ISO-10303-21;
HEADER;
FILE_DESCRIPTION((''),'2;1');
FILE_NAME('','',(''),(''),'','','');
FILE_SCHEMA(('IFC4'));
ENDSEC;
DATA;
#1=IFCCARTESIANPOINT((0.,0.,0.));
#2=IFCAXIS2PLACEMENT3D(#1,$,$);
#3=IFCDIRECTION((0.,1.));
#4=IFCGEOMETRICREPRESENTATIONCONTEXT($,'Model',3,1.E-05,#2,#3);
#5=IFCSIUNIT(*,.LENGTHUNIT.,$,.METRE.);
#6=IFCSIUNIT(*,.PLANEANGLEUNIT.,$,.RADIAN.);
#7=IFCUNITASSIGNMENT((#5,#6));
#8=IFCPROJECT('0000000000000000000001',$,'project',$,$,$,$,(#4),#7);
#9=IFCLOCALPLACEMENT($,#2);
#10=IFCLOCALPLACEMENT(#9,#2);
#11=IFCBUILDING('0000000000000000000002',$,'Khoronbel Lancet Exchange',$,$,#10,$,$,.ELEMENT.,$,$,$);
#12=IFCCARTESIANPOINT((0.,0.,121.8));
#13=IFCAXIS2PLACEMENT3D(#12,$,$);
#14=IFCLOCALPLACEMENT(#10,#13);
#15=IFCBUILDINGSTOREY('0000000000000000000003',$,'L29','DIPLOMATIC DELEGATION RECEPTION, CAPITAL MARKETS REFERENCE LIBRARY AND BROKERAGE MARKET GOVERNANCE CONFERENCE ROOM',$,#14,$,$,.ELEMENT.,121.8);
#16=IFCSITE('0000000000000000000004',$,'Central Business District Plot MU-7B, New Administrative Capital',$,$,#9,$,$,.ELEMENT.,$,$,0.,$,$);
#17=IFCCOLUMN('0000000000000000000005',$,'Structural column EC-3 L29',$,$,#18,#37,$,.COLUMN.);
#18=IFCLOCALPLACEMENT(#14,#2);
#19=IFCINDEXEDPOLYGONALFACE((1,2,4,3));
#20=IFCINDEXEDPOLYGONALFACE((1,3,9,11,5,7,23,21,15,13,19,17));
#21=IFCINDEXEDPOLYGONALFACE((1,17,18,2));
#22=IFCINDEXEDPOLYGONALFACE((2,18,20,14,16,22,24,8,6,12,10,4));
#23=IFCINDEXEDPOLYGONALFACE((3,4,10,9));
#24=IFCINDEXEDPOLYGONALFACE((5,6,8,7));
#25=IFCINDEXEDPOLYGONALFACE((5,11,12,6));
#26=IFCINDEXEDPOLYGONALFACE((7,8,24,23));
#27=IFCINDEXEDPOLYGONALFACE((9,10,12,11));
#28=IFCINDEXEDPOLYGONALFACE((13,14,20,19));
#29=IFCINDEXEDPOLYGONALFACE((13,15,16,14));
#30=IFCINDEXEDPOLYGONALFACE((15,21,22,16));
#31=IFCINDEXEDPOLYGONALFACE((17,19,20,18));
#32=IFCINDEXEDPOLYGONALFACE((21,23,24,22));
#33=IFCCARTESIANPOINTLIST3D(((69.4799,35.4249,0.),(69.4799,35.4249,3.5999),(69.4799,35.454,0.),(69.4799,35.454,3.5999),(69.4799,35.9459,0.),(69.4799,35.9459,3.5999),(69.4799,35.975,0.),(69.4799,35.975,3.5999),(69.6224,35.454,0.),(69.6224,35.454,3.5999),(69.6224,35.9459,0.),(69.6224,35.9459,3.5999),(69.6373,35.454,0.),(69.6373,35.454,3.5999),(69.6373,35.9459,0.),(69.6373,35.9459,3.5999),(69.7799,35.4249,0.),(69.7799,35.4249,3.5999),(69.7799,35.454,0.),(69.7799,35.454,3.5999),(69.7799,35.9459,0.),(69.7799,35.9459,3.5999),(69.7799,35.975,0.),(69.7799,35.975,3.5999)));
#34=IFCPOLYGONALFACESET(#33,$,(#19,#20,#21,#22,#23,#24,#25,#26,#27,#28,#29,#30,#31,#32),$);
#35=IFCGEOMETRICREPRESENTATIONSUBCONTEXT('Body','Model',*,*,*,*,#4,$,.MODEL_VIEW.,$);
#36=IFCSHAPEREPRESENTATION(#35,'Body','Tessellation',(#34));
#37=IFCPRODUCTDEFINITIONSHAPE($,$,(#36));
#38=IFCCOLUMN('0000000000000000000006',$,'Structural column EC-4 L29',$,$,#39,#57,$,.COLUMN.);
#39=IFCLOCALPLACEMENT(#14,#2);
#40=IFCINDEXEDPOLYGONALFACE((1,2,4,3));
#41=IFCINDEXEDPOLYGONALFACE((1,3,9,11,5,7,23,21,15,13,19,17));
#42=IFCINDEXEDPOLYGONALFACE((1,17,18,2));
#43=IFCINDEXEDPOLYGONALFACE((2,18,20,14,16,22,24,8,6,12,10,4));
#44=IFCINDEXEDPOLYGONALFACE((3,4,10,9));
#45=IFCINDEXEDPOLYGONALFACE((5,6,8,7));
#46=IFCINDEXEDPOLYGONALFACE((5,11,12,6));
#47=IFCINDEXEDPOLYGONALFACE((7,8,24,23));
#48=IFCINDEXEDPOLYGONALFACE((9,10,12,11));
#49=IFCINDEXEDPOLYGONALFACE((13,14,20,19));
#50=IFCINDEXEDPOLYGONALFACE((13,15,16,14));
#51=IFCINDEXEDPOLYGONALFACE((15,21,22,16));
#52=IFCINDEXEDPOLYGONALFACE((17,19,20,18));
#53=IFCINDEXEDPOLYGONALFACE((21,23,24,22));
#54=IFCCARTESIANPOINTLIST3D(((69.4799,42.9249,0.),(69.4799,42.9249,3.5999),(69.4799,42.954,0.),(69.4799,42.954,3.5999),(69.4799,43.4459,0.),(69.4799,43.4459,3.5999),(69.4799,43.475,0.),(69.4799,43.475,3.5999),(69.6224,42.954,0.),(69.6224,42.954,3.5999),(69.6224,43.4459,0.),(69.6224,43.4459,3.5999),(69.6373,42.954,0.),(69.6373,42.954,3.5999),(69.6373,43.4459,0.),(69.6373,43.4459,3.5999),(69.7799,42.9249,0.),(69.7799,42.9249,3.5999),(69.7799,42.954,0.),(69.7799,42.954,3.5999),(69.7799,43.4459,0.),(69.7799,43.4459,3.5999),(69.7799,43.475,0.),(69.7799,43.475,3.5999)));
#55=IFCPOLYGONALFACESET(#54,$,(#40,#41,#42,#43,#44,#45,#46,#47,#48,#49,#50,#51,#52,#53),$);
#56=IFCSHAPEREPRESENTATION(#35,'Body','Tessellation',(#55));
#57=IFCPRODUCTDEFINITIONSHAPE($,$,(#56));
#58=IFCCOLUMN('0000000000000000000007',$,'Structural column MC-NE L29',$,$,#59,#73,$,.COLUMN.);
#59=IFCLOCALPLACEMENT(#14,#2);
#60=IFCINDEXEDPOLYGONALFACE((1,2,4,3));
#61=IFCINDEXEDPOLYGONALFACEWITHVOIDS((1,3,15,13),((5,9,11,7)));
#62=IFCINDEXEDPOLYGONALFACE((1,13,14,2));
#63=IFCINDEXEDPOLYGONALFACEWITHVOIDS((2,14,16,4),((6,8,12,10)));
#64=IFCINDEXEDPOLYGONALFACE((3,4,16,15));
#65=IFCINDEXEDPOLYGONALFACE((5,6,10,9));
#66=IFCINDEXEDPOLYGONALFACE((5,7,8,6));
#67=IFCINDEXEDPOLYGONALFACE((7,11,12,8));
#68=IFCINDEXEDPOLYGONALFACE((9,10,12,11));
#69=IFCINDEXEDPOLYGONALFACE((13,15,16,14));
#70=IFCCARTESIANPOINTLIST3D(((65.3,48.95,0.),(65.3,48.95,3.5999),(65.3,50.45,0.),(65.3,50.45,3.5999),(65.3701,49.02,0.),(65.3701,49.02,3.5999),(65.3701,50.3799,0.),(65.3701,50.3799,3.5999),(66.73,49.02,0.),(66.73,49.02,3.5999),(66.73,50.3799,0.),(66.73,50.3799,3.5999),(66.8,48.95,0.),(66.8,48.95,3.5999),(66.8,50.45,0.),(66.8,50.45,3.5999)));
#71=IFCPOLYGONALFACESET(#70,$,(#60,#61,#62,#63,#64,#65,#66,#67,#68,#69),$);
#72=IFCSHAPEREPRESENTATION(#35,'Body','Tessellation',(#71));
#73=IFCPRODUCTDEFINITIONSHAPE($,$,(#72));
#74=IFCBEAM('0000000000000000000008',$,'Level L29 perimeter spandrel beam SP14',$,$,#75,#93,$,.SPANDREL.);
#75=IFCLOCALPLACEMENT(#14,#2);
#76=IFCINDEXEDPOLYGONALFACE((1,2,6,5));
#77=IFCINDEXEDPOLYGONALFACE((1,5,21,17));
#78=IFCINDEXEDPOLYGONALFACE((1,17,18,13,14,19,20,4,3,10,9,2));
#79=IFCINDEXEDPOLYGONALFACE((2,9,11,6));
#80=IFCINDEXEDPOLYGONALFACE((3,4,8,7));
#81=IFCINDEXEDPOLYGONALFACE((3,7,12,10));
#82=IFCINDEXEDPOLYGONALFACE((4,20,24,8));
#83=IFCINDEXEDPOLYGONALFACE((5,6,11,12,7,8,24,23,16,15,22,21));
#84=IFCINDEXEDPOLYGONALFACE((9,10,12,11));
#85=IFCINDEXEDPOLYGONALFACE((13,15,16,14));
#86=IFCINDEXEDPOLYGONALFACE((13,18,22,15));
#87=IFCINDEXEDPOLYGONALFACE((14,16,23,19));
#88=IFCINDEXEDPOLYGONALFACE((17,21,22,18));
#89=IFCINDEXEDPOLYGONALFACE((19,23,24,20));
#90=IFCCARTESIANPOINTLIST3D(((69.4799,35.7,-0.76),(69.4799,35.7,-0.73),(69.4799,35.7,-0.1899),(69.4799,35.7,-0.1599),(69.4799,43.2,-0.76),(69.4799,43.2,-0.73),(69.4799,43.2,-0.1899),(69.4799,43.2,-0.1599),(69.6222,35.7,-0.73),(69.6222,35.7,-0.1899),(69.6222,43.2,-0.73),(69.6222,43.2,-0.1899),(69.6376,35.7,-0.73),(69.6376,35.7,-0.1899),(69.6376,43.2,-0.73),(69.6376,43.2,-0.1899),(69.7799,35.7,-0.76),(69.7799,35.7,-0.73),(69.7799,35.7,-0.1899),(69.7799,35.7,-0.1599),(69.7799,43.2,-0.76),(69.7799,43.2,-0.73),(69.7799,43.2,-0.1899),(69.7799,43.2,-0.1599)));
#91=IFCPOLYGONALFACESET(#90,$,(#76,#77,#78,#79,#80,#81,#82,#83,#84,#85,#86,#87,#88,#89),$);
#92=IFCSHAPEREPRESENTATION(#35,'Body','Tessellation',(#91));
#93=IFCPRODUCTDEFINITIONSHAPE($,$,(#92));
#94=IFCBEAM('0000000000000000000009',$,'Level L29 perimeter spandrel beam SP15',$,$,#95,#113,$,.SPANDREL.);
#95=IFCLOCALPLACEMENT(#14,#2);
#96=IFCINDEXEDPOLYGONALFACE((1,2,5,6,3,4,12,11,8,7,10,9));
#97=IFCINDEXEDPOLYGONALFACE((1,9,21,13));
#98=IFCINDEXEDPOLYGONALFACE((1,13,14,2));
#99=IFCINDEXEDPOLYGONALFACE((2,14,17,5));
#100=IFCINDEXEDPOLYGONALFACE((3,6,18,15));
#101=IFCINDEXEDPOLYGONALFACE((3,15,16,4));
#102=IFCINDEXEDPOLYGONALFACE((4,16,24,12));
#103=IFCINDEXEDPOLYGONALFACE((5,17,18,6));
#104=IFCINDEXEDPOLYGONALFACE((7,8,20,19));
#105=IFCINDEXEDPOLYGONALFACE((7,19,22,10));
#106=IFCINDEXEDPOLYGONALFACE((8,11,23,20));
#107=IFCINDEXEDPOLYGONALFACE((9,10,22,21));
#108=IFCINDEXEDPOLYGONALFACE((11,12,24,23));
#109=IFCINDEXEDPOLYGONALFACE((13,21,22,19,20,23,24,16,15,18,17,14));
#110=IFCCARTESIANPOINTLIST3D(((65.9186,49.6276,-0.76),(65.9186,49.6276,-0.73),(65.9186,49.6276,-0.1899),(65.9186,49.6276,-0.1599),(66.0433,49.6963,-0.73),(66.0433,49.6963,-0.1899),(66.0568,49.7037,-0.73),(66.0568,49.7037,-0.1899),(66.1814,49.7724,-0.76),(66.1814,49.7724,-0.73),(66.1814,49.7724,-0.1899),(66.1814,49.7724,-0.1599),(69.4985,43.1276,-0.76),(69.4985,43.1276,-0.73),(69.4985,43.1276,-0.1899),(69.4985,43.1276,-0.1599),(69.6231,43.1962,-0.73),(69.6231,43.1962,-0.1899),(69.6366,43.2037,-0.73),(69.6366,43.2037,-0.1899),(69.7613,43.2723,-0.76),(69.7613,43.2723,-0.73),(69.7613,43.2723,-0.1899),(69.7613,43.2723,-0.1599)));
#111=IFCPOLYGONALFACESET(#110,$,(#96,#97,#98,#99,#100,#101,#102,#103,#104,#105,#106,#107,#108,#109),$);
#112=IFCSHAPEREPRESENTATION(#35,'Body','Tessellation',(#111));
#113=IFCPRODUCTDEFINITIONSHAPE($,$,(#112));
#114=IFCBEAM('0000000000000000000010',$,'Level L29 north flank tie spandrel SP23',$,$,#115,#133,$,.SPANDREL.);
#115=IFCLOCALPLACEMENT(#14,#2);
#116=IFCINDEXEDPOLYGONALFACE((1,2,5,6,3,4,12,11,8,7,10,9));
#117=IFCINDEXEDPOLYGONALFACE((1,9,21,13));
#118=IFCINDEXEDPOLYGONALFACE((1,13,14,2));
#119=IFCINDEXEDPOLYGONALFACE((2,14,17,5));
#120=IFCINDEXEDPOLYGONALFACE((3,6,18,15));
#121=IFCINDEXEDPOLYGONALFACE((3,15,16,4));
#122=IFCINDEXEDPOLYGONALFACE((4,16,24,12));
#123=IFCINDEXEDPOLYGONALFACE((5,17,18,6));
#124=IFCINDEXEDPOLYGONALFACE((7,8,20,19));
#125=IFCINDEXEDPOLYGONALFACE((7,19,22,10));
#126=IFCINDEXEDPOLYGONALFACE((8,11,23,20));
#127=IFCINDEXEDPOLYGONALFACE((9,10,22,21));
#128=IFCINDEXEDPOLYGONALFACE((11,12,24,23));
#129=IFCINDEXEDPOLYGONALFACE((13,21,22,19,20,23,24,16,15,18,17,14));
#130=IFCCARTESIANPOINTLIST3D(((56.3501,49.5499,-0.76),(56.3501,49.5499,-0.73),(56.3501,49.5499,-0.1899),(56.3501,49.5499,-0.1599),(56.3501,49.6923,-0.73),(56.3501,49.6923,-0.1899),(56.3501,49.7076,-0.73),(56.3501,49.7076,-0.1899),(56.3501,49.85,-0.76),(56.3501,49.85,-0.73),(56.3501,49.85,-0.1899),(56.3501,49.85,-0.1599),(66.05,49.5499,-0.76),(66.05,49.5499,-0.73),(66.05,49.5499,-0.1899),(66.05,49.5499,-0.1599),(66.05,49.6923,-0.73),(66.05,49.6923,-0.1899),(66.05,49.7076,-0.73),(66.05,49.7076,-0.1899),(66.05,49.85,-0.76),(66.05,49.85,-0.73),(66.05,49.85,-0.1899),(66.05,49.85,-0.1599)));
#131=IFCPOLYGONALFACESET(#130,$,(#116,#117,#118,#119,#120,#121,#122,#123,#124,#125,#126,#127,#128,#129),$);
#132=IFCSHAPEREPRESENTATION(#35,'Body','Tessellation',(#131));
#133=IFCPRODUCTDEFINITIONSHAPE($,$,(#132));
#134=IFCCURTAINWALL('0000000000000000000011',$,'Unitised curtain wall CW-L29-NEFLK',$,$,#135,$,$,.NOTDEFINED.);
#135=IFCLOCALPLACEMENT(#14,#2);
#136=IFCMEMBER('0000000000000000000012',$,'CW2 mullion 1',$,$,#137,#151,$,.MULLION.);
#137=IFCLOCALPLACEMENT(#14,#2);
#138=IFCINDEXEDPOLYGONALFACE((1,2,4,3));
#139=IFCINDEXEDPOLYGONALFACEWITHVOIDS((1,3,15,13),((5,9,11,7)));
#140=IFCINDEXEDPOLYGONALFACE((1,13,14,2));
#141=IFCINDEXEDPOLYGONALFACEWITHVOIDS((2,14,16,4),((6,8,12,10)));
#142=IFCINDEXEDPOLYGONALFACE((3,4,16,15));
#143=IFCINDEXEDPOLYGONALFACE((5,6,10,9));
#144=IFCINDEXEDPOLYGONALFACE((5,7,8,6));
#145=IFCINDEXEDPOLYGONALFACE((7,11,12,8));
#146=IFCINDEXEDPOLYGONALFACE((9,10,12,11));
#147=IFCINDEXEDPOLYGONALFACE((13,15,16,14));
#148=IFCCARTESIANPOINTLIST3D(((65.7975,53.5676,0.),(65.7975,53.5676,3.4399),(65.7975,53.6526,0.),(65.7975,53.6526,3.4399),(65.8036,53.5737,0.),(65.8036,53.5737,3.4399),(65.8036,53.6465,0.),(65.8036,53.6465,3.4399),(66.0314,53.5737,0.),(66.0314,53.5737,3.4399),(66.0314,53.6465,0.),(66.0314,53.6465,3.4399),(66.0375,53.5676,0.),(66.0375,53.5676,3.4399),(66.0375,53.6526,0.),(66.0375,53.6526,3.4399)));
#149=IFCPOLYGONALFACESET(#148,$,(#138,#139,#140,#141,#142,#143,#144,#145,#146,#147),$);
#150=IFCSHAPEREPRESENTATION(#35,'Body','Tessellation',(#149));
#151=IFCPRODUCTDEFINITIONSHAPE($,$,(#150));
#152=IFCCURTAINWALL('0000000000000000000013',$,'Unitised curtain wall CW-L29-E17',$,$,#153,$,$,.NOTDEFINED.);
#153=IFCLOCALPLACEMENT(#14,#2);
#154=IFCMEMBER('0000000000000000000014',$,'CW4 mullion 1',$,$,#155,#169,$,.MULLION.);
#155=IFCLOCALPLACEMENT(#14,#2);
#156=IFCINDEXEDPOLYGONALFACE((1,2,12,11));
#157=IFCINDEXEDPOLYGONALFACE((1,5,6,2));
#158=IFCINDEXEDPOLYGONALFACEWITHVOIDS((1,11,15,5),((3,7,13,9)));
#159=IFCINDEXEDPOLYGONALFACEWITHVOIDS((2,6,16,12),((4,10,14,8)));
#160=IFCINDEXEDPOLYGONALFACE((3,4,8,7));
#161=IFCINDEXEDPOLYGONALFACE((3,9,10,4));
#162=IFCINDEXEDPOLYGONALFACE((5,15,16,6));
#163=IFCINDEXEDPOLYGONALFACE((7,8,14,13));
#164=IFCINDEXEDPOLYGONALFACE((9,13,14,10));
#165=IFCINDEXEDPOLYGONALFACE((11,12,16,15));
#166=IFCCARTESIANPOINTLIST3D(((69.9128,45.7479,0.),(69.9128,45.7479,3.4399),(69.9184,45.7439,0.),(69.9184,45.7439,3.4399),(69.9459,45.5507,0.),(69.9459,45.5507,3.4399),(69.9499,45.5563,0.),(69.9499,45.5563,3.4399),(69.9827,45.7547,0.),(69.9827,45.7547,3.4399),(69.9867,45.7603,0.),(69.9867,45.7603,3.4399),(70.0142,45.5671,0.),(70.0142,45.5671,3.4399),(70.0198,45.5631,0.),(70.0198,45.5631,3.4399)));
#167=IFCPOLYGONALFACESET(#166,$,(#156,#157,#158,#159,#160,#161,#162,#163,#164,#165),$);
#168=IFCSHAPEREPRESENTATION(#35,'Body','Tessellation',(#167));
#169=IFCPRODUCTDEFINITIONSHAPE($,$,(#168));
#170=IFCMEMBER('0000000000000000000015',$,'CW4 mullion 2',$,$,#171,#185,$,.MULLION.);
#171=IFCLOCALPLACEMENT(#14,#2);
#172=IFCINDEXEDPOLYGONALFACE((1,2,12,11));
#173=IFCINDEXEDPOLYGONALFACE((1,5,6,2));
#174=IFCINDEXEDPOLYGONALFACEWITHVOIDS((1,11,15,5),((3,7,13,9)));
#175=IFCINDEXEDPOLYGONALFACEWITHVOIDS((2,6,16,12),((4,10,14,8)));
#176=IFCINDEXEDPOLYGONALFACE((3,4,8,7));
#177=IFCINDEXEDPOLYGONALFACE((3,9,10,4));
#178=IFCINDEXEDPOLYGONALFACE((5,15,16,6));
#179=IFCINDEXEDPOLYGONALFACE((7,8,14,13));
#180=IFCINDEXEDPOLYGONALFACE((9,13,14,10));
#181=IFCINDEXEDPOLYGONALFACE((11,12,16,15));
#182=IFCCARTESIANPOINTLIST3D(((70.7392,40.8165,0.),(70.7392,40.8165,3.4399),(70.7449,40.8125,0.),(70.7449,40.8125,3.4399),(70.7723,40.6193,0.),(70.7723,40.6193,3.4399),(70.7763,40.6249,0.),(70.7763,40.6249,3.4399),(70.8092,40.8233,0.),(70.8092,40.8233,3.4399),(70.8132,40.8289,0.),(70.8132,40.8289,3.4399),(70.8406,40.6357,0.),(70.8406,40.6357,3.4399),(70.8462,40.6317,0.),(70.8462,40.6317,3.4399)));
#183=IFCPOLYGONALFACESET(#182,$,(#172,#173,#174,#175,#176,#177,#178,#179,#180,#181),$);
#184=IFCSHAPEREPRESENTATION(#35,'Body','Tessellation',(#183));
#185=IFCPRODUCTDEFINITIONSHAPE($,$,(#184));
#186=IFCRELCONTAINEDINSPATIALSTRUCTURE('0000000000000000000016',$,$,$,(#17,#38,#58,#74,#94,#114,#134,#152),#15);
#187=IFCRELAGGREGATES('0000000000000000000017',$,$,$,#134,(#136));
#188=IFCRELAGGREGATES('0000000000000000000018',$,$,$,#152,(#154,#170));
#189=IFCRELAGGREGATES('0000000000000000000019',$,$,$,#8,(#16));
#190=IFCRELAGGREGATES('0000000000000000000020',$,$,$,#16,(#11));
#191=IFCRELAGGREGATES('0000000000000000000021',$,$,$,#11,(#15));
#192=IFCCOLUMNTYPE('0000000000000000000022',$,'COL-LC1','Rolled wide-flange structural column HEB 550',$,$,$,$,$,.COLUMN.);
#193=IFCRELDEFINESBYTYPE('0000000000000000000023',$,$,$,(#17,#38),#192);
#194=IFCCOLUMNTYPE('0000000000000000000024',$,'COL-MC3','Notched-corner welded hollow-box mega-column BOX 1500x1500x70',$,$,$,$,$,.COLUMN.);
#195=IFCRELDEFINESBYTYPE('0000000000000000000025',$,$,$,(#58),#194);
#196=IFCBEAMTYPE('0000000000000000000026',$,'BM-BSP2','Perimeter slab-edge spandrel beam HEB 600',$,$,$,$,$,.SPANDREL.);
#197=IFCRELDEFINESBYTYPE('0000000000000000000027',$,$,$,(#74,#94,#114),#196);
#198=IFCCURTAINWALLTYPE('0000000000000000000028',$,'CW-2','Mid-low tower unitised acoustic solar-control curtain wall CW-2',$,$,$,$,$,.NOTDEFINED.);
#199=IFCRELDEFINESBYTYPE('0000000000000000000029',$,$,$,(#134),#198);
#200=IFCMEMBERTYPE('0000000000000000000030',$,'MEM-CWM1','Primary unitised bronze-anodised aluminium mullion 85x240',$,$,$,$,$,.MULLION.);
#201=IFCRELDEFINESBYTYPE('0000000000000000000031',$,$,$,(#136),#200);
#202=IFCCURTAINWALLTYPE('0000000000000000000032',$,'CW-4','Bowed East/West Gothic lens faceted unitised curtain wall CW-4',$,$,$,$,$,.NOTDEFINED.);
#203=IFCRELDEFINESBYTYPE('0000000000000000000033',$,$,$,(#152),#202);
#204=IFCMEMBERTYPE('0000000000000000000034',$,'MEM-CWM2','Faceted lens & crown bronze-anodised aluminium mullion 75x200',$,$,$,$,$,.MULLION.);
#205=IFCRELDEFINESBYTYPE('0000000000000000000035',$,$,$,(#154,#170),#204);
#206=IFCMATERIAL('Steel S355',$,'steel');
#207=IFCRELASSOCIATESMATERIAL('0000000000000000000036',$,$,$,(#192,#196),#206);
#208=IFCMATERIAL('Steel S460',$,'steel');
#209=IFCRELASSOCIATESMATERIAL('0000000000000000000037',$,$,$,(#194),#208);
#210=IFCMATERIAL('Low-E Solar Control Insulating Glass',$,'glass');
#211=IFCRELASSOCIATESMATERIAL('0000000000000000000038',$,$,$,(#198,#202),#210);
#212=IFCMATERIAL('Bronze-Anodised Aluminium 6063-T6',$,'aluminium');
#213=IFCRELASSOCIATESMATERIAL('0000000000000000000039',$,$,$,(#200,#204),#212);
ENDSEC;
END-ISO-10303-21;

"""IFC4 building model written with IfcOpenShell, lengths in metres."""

from ifc_helpers import new_model, si_unit, direction, frame, origin, origin_2d, place, context, subcontext, project, spatial, hollow_rectangle, i_section, extrude, material, material_profile, profile_set, type_object, element, aggregate, save


model = new_model("IFC4")

# Units and contexts
model_context = context("Model", 3, precision=1e-05, world=origin(), true_north=direction((0.0, 1.0)))
body_context = subcontext(model_context, "Body", "Model", "MODEL_VIEW")
ifc_project = project(units=[si_unit("LENGTHUNIT", "METRE"), si_unit("PLANEANGLEUNIT", "RADIAN")], contexts=[model_context])

# Site, building, storey
site_placement = place(None, origin())
site = spatial("IfcSite", under=ifc_project, at=site_placement, Name="Central Business District Plot MU-7B, New Administrative Capital", CompositionType="ELEMENT", RefElevation=0.0)
building_placement = place(site_placement, origin())
building = spatial("IfcBuilding", under=site, at=building_placement, Name="Khoronbel Lancet Exchange", CompositionType="ELEMENT")
storey_placement = place(building_placement, frame((0.0, 0.0, 121.8)))
storey = spatial("IfcBuildingStorey", under=building, at=storey_placement, Name="L29", Description="DIPLOMATIC DELEGATION RECEPTION, CAPITAL MARKETS REFERENCE LIBRARY AND BROKERAGE MARKET GOVERNANCE CONFERENCE ROOM", CompositionType="ELEMENT", Elevation=121.8)

# Columns
ifc_material_1 = material(Name="Steel S355", Category="steel")
ifc_material_profile_1 = material_profile(ifc_material_1, i_section(OverallWidth=0.3, OverallDepth=0.55, WebThickness=0.0149, FlangeThickness=0.0291, at=origin_2d()), Name="HEB 550")
ifc_profile_set_1 = profile_set([ifc_material_profile_1], Name="Steel S355")
column_type_1 = type_object("IfcColumnType", Name="COL-LC1", Description="Rolled wide-flange structural column HEB 550", PredefinedType="COLUMN", material=ifc_profile_set_1)
for number, where, z_axis, x_axis, name in (
    (1, (69.6299, 35.7, 0.0), (0.0, 0.0, 1.0), (1.0, 0.0, 0.0), "Structural column EC-3 L29"),
    (2, (69.6299, 43.2, 0.0), (0.0, 0.0, 1.0), (1.0, 0.0, 0.0), "Structural column EC-4 L29"),
):
    element("IfcColumn", number, at=place(storey_placement, frame(where, z_axis=z_axis, x_axis=x_axis)), inside=storey, type_object=column_type_1, Name=name, PredefinedType="COLUMN", context=body_context, shape_type="SweptSolid", body=[
        extrude(i_section(OverallWidth=0.3, OverallDepth=0.55, WebThickness=0.0149, FlangeThickness=0.0291, at=origin_2d()), origin(), (0.0, 0.0, 1.0), 3.5999),
    ])
ifc_material_2 = material(Name="Steel S460", Category="steel")
ifc_material_profile_2 = material_profile(ifc_material_2, hollow_rectangle(XDim=1.5, YDim=1.5, WallThickness=0.0701, at=origin_2d()), Name="BOX 1500x1500x70")
ifc_profile_set_2 = profile_set([ifc_material_profile_2], Name="Steel S460")
column_type_2 = type_object("IfcColumnType", Name="COL-MC3", Description="Notched-corner welded hollow-box mega-column BOX 1500x1500x70", PredefinedType="COLUMN", material=ifc_profile_set_2)
column_placement = place(storey_placement, frame((66.05, 49.7, 0.0), z_axis=(0.0, 0.0, 1.0), x_axis=(1.0, 0.0, 0.0)))
element("IfcColumn", 3, at=column_placement, inside=storey, type_object=column_type_2, Name="Structural column MC-NE L29", PredefinedType="COLUMN", context=body_context, shape_type="SweptSolid", body=[
    extrude(hollow_rectangle(XDim=1.5, YDim=1.5, WallThickness=0.0701, at=origin_2d()), origin(), (0.0, 0.0, 1.0), 3.5999),
])

# Beams
ifc_material_profile_3 = material_profile(ifc_material_1, i_section(OverallWidth=0.3, OverallDepth=0.6001, WebThickness=0.0154, FlangeThickness=0.03, at=origin_2d()), Name="HEB 600")
ifc_profile_set_3 = profile_set([ifc_material_profile_3], Name="Steel S355")
beam_type = type_object("IfcBeamType", Name="BM-BSP2", Description="Perimeter slab-edge spandrel beam HEB 600", PredefinedType="SPANDREL", material=ifc_profile_set_3)
beam_1_placement = place(storey_placement, frame((69.6299, 35.7, -0.46), z_axis=(0.0, 1.0, 0.0), x_axis=(-1.0, 0.0, 0.0)))
element("IfcBeam", 4, at=beam_1_placement, inside=storey, type_object=beam_type, Name="Level L29 perimeter spandrel beam SP14", PredefinedType="SPANDREL", context=body_context, shape_type="SweptSolid", body=[
    extrude(i_section(OverallWidth=0.3, OverallDepth=0.6001, WebThickness=0.0154, FlangeThickness=0.03, at=origin_2d()), origin(), (0.0, 0.0, 1.0), 7.5),
])
beam_2_placement = place(storey_placement, frame((69.6299, 43.2, -0.46), z_axis=(-0.482419, 0.875941, 0.0), x_axis=(-0.875941, -0.482419, 0.0)))
element("IfcBeam", 5, at=beam_2_placement, inside=storey, type_object=beam_type, Name="Level L29 perimeter spandrel beam SP15", PredefinedType="SPANDREL", context=body_context, shape_type="SweptSolid", body=[
    extrude(i_section(OverallWidth=0.3, OverallDepth=0.6001, WebThickness=0.0154, FlangeThickness=0.03, at=origin_2d()), origin(), (0.0, 0.0, 1.0), 7.4207),
])
beam_3_placement = place(storey_placement, frame((66.05, 49.7, -0.46), z_axis=(-1.0, 0.0, 0.0), x_axis=(0.0, -1.0, 0.0)))
element("IfcBeam", 6, at=beam_3_placement, inside=storey, type_object=beam_type, Name="Level L29 north flank tie spandrel SP23", PredefinedType="SPANDREL", context=body_context, shape_type="SweptSolid", body=[
    extrude(i_section(OverallWidth=0.3, OverallDepth=0.6001, WebThickness=0.0154, FlangeThickness=0.03, at=origin_2d()), origin(), (0.0, 0.0, 1.0), 9.7),
])

# Curtain wall, member
ifc_material_3 = material(Name="Low-E Solar Control Insulating Glass", Category="glass")
curtain_wall_type_1 = type_object("IfcCurtainWallType", Name="CW-2", Description="Mid-low tower unitised acoustic solar-control curtain wall CW-2", PredefinedType="NOTDEFINED", material=ifc_material_3)
curtain_wall_1_placement = place(storey_placement, origin())
curtain_wall_1 = element("IfcCurtainWall", 7, at=curtain_wall_1_placement, inside=storey, type_object=curtain_wall_type_1, Name="Unitised curtain wall CW-L29-NEFLK", PredefinedType="NOTDEFINED")
ifc_material_4 = material(Name="Bronze-Anodised Aluminium 6063-T6", Category="aluminium")
ifc_material_profile_4 = material_profile(ifc_material_4, hollow_rectangle(XDim=0.085, YDim=0.24, WallThickness=0.0061, at=origin_2d()), Name="ALU MULLION 85x240")
ifc_profile_set_4 = profile_set([ifc_material_profile_4], Name="Bronze-Anodised Aluminium 6063-T6")
member_type_1 = type_object("IfcMemberType", Name="MEM-CWM1", Description="Primary unitised bronze-anodised aluminium mullion 85x240", PredefinedType="MULLION", material=ifc_profile_set_4)
member_1_placement = place(storey_placement, frame((65.9175, 53.6101, 0.0), z_axis=(0.0, 0.0, 1.0), x_axis=(0.0, -1.0, 0.0)))
member_1 = element("IfcMember", 8, at=member_1_placement, type_object=member_type_1, Name="CW2 mullion 1", PredefinedType="MULLION", context=body_context, shape_type="SweptSolid", body=[
    extrude(hollow_rectangle(XDim=0.085, YDim=0.24, WallThickness=0.0061, at=origin_2d()), origin(), (0.0, 0.0, 1.0), 3.4399),
])

# Curtain wall, members
curtain_wall_type_2 = type_object("IfcCurtainWallType", Name="CW-4", Description="Bowed East/West Gothic lens faceted unitised curtain wall CW-4", PredefinedType="NOTDEFINED", material=ifc_material_3)
curtain_wall_2_placement = place(storey_placement, origin())
curtain_wall_2 = element("IfcCurtainWall", 9, at=curtain_wall_2_placement, inside=storey, type_object=curtain_wall_type_2, Name="Unitised curtain wall CW-L29-E17", PredefinedType="NOTDEFINED")
ifc_material_profile_5 = material_profile(ifc_material_4, hollow_rectangle(XDim=0.075, YDim=0.2, WallThickness=0.0049, at=origin_2d()), Name="ALU MULLION 75x200")
ifc_profile_set_5 = profile_set([ifc_material_profile_5], Name="Bronze-Anodised Aluminium 6063-T6")
member_type_2 = type_object("IfcMemberType", Name="MEM-CWM2", Description="Faceted lens & crown bronze-anodised aluminium mullion 75x200", PredefinedType="MULLION", material=ifc_profile_set_5)
member_2_placement = place(storey_placement, frame((69.9663, 45.6555, 0.0), z_axis=(0.0, 0.0, 1.0), x_axis=(0.986244, 0.165294, 0.0)))
member_2 = element("IfcMember", 10, at=member_2_placement, type_object=member_type_2, Name="CW4 mullion 1", PredefinedType="MULLION", context=body_context, shape_type="SweptSolid", body=[
    extrude(hollow_rectangle(XDim=0.075, YDim=0.2, WallThickness=0.0049, at=origin_2d()), origin(), (0.0, 0.0, 1.0), 3.4399),
])
member_3_placement = place(storey_placement, frame((70.7927, 40.7241, 0.0), z_axis=(0.0, 0.0, 1.0), x_axis=(0.986244, 0.165294, 0.0)))
member_3 = element("IfcMember", 11, at=member_3_placement, type_object=member_type_2, Name="CW4 mullion 2", PredefinedType="MULLION", context=body_context, shape_type="SweptSolid", body=[
    extrude(hollow_rectangle(XDim=0.075, YDim=0.2, WallThickness=0.0049, at=origin_2d()), origin(), (0.0, 0.0, 1.0), 3.4399),
])

aggregate(curtain_wall_1, [member_1])
aggregate(curtain_wall_2, [member_2, member_3])

save(model, "model.ifc")
